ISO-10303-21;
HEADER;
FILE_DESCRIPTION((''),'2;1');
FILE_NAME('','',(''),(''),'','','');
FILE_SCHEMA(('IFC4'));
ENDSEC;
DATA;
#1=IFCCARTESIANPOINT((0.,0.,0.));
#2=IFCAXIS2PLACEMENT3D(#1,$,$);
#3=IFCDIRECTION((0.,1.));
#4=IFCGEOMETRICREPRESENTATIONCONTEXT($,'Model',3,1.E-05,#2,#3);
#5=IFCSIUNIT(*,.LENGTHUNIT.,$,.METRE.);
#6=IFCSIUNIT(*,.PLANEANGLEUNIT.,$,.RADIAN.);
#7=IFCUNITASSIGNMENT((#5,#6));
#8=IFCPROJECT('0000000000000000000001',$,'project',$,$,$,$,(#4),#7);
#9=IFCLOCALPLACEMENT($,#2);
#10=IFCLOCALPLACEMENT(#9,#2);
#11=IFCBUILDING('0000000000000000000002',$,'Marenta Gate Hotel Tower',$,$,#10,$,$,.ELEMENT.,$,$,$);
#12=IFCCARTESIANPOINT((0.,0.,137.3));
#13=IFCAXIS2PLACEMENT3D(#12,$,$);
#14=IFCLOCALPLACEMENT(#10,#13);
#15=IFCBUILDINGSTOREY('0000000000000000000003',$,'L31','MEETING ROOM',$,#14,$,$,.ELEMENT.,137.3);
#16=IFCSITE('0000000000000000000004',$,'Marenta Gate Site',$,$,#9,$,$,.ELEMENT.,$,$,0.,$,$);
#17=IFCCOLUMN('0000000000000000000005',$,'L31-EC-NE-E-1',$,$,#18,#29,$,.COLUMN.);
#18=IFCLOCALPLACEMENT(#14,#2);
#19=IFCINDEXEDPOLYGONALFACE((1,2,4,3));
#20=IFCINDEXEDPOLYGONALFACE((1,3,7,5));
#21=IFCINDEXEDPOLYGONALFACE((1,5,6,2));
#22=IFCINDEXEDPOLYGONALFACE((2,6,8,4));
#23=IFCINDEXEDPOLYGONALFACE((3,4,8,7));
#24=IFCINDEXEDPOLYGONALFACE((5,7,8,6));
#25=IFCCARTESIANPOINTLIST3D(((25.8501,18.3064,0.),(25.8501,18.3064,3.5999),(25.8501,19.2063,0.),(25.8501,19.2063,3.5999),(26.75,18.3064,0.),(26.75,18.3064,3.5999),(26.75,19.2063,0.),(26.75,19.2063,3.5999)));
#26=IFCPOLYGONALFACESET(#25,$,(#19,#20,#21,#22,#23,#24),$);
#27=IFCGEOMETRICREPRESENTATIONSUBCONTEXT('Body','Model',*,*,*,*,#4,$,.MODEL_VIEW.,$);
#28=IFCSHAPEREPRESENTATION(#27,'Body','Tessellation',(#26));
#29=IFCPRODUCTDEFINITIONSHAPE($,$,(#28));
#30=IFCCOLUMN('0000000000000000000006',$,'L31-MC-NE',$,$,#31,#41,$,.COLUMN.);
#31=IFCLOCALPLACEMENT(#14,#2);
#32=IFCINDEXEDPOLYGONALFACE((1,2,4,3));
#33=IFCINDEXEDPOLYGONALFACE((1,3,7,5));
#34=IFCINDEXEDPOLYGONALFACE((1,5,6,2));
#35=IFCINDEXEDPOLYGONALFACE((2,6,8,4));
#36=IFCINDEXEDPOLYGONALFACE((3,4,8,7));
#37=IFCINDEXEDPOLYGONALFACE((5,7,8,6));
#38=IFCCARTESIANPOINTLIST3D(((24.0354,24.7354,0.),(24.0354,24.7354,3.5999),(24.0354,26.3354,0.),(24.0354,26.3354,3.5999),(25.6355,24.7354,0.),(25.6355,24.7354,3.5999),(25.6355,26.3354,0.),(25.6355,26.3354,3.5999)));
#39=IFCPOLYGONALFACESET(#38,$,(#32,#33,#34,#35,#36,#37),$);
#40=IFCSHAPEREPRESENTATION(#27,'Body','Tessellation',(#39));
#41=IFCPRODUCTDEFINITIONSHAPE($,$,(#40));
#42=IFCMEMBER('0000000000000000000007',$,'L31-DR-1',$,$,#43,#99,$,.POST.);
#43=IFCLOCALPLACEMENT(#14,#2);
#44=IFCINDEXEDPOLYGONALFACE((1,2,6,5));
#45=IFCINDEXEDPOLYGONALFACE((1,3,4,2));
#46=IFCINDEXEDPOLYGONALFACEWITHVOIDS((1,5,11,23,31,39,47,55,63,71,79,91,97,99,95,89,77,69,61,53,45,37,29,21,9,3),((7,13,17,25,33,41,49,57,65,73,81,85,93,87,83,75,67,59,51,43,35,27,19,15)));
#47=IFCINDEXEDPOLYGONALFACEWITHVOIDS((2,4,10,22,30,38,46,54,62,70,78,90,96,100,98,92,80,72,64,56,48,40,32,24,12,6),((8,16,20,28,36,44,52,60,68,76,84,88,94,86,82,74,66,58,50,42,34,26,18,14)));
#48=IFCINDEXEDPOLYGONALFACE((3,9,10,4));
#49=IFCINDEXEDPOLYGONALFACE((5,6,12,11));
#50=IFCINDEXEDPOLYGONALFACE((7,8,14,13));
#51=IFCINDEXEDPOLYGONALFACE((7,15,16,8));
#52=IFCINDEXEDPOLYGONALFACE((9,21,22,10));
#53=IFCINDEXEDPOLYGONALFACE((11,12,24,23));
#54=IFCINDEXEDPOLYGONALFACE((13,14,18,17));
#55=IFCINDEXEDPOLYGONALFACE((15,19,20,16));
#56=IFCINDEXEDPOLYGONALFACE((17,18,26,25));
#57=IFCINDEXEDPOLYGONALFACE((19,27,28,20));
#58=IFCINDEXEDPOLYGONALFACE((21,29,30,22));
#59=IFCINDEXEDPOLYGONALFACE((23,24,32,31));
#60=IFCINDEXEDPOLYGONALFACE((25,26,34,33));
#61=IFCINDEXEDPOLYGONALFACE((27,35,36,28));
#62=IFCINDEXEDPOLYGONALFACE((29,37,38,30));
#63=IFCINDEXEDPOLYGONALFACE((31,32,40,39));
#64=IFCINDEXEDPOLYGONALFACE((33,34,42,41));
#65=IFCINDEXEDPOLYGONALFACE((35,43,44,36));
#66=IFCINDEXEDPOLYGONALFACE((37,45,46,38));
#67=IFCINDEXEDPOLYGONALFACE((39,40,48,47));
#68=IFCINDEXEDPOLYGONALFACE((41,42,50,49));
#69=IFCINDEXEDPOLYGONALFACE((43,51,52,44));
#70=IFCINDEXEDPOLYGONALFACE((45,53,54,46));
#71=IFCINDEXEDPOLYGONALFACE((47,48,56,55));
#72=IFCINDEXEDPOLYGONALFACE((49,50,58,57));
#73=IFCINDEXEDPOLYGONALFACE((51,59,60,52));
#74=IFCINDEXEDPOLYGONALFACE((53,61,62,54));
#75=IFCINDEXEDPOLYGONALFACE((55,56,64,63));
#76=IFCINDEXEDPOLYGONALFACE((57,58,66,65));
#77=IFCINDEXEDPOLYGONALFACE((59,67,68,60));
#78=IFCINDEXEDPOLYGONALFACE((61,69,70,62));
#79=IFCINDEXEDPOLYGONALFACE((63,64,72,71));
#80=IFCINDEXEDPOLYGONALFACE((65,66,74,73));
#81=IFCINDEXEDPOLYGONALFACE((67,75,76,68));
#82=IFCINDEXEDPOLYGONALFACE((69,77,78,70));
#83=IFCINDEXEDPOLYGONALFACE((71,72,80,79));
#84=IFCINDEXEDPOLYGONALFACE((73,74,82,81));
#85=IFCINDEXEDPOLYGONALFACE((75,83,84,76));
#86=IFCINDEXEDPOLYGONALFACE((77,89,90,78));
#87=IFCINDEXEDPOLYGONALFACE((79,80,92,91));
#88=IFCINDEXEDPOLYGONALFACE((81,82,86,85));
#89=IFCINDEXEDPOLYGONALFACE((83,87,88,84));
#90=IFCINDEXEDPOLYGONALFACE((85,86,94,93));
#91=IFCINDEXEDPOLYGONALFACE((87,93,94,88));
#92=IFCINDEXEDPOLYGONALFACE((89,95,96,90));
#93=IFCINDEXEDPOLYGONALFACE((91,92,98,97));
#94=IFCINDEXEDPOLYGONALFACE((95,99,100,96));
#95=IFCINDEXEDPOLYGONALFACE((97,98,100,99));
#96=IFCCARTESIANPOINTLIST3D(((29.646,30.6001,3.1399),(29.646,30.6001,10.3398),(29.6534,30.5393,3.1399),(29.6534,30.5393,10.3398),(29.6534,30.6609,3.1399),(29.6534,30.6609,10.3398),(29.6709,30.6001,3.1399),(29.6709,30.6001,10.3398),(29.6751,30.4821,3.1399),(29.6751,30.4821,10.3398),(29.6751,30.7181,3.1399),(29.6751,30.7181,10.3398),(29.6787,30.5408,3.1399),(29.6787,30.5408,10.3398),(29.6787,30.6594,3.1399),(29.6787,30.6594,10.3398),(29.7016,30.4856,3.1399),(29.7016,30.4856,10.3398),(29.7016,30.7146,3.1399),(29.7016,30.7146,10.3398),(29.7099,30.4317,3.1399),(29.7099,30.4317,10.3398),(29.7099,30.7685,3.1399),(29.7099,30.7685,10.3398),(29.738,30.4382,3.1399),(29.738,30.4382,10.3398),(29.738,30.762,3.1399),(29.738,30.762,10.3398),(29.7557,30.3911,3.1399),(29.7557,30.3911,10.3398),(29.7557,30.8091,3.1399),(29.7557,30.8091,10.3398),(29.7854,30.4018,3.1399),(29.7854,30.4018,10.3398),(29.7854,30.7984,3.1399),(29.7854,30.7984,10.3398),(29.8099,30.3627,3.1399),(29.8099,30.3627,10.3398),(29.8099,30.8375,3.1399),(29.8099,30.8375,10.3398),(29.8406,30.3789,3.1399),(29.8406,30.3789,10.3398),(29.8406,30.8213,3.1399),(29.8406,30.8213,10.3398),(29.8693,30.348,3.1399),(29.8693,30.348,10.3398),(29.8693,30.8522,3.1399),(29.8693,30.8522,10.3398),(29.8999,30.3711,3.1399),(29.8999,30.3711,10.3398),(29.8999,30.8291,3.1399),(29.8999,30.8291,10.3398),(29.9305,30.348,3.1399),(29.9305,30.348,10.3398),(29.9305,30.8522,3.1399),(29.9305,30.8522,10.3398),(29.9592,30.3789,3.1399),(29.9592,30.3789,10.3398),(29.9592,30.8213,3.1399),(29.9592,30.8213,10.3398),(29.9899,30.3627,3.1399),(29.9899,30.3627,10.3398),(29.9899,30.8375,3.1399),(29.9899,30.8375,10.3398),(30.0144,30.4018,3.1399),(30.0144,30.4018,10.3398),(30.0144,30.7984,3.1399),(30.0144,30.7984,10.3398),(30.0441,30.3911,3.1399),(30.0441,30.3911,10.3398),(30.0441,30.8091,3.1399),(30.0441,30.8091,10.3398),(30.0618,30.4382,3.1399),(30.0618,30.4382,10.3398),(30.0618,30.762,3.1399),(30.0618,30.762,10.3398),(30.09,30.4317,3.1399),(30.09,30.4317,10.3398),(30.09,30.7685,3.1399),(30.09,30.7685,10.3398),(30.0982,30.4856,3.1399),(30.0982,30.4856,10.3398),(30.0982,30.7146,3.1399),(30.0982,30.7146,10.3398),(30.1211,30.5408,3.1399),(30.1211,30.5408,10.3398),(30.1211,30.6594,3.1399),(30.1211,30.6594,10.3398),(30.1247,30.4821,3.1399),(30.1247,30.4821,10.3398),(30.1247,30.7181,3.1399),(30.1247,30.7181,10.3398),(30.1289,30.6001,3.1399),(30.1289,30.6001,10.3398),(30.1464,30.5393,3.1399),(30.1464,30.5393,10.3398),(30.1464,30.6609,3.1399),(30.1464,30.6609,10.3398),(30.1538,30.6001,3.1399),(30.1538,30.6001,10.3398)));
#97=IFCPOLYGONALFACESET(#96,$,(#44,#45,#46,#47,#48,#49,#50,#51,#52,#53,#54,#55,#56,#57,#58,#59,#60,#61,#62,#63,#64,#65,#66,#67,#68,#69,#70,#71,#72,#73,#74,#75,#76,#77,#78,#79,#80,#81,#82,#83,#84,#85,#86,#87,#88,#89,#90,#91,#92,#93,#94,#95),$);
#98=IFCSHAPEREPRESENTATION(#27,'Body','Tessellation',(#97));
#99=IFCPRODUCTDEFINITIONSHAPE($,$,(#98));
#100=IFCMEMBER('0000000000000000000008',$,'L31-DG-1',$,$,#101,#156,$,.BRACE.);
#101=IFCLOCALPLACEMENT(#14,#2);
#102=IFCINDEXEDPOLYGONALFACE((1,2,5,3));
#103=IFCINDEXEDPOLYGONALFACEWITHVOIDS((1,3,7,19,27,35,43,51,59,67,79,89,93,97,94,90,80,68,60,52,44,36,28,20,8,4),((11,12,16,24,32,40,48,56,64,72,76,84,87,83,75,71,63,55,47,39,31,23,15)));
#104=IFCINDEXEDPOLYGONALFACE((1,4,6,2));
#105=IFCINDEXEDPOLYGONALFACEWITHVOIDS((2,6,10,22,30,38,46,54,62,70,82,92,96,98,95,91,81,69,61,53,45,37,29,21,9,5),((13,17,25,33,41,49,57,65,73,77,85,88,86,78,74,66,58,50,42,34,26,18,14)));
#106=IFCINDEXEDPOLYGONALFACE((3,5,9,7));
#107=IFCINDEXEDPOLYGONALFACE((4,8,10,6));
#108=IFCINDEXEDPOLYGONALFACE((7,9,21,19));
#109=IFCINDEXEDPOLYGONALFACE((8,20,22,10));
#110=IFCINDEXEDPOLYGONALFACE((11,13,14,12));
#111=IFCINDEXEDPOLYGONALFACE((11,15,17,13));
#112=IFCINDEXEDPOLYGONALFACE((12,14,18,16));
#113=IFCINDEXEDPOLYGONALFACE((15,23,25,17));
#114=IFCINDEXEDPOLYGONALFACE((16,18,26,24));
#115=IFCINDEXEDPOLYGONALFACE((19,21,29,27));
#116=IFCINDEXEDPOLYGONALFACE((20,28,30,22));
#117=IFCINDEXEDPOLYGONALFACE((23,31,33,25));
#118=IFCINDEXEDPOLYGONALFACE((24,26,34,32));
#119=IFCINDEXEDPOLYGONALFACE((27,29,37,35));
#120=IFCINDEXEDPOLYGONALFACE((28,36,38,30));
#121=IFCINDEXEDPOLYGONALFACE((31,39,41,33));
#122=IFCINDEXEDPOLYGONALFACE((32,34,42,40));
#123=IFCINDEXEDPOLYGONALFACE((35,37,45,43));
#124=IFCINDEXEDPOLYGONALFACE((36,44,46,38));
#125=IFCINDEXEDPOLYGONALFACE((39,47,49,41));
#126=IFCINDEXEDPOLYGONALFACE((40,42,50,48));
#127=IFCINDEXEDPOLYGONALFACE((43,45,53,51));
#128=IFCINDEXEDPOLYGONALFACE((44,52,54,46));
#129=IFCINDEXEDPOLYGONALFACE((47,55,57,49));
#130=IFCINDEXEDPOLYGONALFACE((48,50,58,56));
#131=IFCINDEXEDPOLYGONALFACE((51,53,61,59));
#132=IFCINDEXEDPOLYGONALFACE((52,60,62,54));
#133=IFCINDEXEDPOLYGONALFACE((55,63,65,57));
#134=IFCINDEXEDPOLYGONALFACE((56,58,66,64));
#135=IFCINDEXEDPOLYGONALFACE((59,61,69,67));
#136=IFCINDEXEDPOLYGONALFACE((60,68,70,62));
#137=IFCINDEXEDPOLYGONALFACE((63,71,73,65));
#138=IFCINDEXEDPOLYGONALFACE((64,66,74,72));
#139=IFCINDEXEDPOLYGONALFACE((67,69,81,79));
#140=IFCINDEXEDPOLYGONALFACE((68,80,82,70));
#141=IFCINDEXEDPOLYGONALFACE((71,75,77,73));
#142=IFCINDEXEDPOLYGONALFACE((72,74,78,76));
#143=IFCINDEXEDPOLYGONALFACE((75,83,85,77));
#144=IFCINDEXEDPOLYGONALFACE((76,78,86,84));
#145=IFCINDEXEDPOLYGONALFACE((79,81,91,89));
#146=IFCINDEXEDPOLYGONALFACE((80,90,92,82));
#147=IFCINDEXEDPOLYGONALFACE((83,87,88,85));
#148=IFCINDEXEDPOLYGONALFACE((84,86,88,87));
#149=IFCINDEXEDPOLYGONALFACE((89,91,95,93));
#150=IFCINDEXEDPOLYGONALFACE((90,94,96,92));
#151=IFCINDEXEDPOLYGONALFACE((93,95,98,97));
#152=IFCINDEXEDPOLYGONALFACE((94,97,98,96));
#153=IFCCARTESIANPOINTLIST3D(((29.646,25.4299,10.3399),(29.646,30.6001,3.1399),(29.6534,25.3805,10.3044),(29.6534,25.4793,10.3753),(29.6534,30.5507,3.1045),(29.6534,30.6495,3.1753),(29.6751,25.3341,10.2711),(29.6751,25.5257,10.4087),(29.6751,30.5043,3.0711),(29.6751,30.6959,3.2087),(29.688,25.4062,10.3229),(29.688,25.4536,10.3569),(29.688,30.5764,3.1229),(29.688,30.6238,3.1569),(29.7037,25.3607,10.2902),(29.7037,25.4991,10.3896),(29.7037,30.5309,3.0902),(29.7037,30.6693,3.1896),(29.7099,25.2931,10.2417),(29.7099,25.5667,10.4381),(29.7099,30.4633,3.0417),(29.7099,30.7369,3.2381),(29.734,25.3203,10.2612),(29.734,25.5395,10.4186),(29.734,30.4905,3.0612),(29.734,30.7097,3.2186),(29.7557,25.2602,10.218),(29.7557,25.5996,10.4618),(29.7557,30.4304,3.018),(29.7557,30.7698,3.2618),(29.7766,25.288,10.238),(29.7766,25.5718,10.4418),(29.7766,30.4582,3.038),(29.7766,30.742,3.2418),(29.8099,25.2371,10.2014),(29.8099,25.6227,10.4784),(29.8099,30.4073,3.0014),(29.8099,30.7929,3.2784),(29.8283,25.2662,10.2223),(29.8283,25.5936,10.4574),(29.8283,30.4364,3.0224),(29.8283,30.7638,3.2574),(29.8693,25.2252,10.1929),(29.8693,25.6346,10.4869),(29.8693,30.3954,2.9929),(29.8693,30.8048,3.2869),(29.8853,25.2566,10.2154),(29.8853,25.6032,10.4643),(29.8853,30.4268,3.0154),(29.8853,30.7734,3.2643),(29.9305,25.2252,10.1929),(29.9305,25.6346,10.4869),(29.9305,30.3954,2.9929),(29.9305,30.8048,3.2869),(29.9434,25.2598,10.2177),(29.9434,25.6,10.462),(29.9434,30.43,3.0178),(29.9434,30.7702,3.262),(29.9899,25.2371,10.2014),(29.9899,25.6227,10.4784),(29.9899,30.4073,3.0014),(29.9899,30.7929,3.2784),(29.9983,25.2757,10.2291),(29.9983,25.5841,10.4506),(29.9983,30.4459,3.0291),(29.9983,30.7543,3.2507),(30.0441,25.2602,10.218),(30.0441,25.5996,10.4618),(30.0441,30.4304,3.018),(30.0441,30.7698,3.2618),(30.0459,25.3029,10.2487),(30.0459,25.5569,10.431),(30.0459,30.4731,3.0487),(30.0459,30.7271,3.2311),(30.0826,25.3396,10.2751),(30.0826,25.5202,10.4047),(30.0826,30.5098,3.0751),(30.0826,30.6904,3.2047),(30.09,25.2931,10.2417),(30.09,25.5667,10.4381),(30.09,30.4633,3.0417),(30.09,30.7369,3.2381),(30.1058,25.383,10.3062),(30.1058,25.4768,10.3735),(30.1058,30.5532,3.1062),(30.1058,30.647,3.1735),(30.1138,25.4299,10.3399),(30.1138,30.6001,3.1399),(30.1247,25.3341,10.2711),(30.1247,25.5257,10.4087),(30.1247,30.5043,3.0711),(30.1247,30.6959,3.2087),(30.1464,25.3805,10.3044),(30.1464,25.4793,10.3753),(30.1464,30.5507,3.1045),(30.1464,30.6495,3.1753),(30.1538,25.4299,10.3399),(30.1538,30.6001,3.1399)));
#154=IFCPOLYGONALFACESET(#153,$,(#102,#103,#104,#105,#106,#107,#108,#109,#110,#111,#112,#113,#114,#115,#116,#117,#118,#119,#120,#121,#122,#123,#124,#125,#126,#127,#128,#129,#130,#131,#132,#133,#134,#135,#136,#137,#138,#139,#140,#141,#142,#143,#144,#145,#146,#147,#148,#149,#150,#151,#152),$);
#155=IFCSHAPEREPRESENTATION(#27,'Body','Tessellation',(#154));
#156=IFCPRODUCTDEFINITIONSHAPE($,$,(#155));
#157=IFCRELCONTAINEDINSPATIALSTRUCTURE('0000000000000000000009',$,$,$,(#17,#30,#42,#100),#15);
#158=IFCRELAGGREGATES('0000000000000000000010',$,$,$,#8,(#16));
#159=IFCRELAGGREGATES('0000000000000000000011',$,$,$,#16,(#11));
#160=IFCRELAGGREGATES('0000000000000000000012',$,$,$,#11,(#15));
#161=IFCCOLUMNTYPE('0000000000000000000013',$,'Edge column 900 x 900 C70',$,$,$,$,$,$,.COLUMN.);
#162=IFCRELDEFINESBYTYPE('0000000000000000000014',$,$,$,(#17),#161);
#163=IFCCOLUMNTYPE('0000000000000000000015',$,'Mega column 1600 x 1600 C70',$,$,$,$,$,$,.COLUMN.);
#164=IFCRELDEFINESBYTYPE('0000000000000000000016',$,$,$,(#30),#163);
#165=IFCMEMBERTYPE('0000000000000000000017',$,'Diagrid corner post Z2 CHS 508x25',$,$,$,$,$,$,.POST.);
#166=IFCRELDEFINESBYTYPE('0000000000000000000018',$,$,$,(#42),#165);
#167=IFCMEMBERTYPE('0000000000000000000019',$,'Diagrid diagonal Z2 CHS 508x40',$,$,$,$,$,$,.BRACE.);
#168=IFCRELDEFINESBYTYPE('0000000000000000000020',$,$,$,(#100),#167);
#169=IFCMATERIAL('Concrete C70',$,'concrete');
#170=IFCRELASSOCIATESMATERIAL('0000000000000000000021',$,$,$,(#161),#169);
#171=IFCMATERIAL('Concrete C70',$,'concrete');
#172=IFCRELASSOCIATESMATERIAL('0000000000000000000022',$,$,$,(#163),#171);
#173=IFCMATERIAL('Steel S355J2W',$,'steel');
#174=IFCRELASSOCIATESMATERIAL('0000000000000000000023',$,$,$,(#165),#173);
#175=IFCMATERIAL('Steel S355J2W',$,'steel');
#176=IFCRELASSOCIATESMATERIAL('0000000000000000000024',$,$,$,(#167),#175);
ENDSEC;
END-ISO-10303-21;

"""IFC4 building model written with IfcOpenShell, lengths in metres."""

from ifc_helpers import new_model, si_unit, direction, frame, origin, origin_2d, place, context, subcontext, project, spatial, rectangle, hollow_circle, extrude, material, material_profile, profile_set, type_object, element, save


model = new_model("IFC4")

# Units and contexts
model_context = context("Model", 3, precision=1e-05, world=origin(), true_north=direction((0.0, 1.0)))
body_context = subcontext(model_context, "Body", "Model", "MODEL_VIEW")
ifc_project = project(units=[si_unit("LENGTHUNIT", "METRE"), si_unit("PLANEANGLEUNIT", "RADIAN")], contexts=[model_context])

# Site, building, storey
site_placement = place(None, origin())
site = spatial("IfcSite", under=ifc_project, at=site_placement, Name="Marenta Gate Site", CompositionType="ELEMENT", RefElevation=0.0)
building_placement = place(site_placement, origin())
building = spatial("IfcBuilding", under=site, at=building_placement, Name="Marenta Gate Hotel Tower", CompositionType="ELEMENT")
storey_placement = place(building_placement, frame((0.0, 0.0, 137.3)))
storey = spatial("IfcBuildingStorey", under=building, at=storey_placement, Name="L31", Description="MEETING ROOM", CompositionType="ELEMENT", Elevation=137.3)

# Columns
ifc_material_1 = material(Name="Concrete C70", Category="concrete")
ifc_material_profile_1 = material_profile(ifc_material_1, rectangle(XDim=0.8999, YDim=0.8999, at=origin_2d()), Name="900 x 900")
ifc_profile_set_1 = profile_set([ifc_material_profile_1], Name="Concrete C70")
column_type_1 = type_object("IfcColumnType", Name="Edge column 900 x 900 C70", PredefinedType="COLUMN", material=ifc_profile_set_1)
column_1_placement = place(storey_placement, frame((26.3, 18.7563, 0.0), z_axis=(0.0, 0.0, 1.0), x_axis=(1.0, 0.0, 0.0)))
element("IfcColumn", 1, at=column_1_placement, inside=storey, type_object=column_type_1, Name="L31-EC-NE-E-1", PredefinedType="COLUMN", context=body_context, shape_type="SweptSolid", body=[
    extrude(rectangle(XDim=0.8999, YDim=0.8999, at=origin_2d()), origin(), (0.0, 0.0, 1.0), 3.5999),
])
ifc_material_2 = material(Name="Concrete C70", Category="concrete")
ifc_material_profile_2 = material_profile(ifc_material_2, rectangle(XDim=1.6001, YDim=1.6001, at=origin_2d()), Name="1600 x 1600")
ifc_profile_set_2 = profile_set([ifc_material_profile_2], Name="Concrete C70")
column_type_2 = type_object("IfcColumnType", Name="Mega column 1600 x 1600 C70", PredefinedType="COLUMN", material=ifc_profile_set_2)
column_2_placement = place(storey_placement, frame((24.8354, 25.5354, 0.0), z_axis=(0.0, 0.0, 1.0), x_axis=(1.0, 0.0, 0.0)))
element("IfcColumn", 2, at=column_2_placement, inside=storey, type_object=column_type_2, Name="L31-MC-NE", PredefinedType="COLUMN", context=body_context, shape_type="SweptSolid", body=[
    extrude(rectangle(XDim=1.6001, YDim=1.6001, at=origin_2d()), origin(), (0.0, 0.0, 1.0), 3.5999),
])

# Members
ifc_material_3 = material(Name="Steel S355J2W", Category="steel")
ifc_material_profile_3 = material_profile(ifc_material_3, hollow_circle(Radius=0.2539, WallThickness=0.0249, at=origin_2d()), Name="CHS 508x25")
ifc_profile_set_3 = profile_set([ifc_material_profile_3], Name="Steel S355J2W")
member_type_1 = type_object("IfcMemberType", Name="Diagrid corner post Z2 CHS 508x25", PredefinedType="POST", material=ifc_profile_set_3)
member_1_placement = place(storey_placement, frame((29.8999, 30.6001, 3.1399), z_axis=(0.0, 0.0, 1.0), x_axis=(1.0, 0.0, 0.0)))
element("IfcMember", 3, at=member_1_placement, inside=storey, type_object=member_type_1, Name="L31-DR-1", PredefinedType="POST", context=body_context, shape_type="SweptSolid", body=[
    extrude(hollow_circle(Radius=0.2539, WallThickness=0.0249, at=origin_2d()), origin(), (0.0, 0.0, 1.0), 7.2),
])
ifc_material_4 = material(Name="Steel S355J2W", Category="steel")
ifc_material_profile_4 = material_profile(ifc_material_4, hollow_circle(Radius=0.2539, WallThickness=0.04, at=origin_2d()), Name="CHS 508x40")
ifc_profile_set_4 = profile_set([ifc_material_profile_4], Name="Steel S355J2W")
member_type_2 = type_object("IfcMemberType", Name="Diagrid diagonal Z2 CHS 508x40", PredefinedType="BRACE", material=ifc_profile_set_4)
member_2_placement = place(storey_placement, frame((29.8999, 30.6001, 3.1399), z_axis=(0.0, -0.583279, 0.812272), x_axis=(1.0, 0.0, 0.0)))
element("IfcMember", 4, at=member_2_placement, inside=storey, type_object=member_type_2, Name="L31-DG-1", PredefinedType="BRACE", context=body_context, shape_type="SweptSolid", body=[
    extrude(hollow_circle(Radius=0.2539, WallThickness=0.04, at=origin_2d()), origin(), (0.0, 0.0, 1.0), 8.864),
])

save(model, "model.ifc")
